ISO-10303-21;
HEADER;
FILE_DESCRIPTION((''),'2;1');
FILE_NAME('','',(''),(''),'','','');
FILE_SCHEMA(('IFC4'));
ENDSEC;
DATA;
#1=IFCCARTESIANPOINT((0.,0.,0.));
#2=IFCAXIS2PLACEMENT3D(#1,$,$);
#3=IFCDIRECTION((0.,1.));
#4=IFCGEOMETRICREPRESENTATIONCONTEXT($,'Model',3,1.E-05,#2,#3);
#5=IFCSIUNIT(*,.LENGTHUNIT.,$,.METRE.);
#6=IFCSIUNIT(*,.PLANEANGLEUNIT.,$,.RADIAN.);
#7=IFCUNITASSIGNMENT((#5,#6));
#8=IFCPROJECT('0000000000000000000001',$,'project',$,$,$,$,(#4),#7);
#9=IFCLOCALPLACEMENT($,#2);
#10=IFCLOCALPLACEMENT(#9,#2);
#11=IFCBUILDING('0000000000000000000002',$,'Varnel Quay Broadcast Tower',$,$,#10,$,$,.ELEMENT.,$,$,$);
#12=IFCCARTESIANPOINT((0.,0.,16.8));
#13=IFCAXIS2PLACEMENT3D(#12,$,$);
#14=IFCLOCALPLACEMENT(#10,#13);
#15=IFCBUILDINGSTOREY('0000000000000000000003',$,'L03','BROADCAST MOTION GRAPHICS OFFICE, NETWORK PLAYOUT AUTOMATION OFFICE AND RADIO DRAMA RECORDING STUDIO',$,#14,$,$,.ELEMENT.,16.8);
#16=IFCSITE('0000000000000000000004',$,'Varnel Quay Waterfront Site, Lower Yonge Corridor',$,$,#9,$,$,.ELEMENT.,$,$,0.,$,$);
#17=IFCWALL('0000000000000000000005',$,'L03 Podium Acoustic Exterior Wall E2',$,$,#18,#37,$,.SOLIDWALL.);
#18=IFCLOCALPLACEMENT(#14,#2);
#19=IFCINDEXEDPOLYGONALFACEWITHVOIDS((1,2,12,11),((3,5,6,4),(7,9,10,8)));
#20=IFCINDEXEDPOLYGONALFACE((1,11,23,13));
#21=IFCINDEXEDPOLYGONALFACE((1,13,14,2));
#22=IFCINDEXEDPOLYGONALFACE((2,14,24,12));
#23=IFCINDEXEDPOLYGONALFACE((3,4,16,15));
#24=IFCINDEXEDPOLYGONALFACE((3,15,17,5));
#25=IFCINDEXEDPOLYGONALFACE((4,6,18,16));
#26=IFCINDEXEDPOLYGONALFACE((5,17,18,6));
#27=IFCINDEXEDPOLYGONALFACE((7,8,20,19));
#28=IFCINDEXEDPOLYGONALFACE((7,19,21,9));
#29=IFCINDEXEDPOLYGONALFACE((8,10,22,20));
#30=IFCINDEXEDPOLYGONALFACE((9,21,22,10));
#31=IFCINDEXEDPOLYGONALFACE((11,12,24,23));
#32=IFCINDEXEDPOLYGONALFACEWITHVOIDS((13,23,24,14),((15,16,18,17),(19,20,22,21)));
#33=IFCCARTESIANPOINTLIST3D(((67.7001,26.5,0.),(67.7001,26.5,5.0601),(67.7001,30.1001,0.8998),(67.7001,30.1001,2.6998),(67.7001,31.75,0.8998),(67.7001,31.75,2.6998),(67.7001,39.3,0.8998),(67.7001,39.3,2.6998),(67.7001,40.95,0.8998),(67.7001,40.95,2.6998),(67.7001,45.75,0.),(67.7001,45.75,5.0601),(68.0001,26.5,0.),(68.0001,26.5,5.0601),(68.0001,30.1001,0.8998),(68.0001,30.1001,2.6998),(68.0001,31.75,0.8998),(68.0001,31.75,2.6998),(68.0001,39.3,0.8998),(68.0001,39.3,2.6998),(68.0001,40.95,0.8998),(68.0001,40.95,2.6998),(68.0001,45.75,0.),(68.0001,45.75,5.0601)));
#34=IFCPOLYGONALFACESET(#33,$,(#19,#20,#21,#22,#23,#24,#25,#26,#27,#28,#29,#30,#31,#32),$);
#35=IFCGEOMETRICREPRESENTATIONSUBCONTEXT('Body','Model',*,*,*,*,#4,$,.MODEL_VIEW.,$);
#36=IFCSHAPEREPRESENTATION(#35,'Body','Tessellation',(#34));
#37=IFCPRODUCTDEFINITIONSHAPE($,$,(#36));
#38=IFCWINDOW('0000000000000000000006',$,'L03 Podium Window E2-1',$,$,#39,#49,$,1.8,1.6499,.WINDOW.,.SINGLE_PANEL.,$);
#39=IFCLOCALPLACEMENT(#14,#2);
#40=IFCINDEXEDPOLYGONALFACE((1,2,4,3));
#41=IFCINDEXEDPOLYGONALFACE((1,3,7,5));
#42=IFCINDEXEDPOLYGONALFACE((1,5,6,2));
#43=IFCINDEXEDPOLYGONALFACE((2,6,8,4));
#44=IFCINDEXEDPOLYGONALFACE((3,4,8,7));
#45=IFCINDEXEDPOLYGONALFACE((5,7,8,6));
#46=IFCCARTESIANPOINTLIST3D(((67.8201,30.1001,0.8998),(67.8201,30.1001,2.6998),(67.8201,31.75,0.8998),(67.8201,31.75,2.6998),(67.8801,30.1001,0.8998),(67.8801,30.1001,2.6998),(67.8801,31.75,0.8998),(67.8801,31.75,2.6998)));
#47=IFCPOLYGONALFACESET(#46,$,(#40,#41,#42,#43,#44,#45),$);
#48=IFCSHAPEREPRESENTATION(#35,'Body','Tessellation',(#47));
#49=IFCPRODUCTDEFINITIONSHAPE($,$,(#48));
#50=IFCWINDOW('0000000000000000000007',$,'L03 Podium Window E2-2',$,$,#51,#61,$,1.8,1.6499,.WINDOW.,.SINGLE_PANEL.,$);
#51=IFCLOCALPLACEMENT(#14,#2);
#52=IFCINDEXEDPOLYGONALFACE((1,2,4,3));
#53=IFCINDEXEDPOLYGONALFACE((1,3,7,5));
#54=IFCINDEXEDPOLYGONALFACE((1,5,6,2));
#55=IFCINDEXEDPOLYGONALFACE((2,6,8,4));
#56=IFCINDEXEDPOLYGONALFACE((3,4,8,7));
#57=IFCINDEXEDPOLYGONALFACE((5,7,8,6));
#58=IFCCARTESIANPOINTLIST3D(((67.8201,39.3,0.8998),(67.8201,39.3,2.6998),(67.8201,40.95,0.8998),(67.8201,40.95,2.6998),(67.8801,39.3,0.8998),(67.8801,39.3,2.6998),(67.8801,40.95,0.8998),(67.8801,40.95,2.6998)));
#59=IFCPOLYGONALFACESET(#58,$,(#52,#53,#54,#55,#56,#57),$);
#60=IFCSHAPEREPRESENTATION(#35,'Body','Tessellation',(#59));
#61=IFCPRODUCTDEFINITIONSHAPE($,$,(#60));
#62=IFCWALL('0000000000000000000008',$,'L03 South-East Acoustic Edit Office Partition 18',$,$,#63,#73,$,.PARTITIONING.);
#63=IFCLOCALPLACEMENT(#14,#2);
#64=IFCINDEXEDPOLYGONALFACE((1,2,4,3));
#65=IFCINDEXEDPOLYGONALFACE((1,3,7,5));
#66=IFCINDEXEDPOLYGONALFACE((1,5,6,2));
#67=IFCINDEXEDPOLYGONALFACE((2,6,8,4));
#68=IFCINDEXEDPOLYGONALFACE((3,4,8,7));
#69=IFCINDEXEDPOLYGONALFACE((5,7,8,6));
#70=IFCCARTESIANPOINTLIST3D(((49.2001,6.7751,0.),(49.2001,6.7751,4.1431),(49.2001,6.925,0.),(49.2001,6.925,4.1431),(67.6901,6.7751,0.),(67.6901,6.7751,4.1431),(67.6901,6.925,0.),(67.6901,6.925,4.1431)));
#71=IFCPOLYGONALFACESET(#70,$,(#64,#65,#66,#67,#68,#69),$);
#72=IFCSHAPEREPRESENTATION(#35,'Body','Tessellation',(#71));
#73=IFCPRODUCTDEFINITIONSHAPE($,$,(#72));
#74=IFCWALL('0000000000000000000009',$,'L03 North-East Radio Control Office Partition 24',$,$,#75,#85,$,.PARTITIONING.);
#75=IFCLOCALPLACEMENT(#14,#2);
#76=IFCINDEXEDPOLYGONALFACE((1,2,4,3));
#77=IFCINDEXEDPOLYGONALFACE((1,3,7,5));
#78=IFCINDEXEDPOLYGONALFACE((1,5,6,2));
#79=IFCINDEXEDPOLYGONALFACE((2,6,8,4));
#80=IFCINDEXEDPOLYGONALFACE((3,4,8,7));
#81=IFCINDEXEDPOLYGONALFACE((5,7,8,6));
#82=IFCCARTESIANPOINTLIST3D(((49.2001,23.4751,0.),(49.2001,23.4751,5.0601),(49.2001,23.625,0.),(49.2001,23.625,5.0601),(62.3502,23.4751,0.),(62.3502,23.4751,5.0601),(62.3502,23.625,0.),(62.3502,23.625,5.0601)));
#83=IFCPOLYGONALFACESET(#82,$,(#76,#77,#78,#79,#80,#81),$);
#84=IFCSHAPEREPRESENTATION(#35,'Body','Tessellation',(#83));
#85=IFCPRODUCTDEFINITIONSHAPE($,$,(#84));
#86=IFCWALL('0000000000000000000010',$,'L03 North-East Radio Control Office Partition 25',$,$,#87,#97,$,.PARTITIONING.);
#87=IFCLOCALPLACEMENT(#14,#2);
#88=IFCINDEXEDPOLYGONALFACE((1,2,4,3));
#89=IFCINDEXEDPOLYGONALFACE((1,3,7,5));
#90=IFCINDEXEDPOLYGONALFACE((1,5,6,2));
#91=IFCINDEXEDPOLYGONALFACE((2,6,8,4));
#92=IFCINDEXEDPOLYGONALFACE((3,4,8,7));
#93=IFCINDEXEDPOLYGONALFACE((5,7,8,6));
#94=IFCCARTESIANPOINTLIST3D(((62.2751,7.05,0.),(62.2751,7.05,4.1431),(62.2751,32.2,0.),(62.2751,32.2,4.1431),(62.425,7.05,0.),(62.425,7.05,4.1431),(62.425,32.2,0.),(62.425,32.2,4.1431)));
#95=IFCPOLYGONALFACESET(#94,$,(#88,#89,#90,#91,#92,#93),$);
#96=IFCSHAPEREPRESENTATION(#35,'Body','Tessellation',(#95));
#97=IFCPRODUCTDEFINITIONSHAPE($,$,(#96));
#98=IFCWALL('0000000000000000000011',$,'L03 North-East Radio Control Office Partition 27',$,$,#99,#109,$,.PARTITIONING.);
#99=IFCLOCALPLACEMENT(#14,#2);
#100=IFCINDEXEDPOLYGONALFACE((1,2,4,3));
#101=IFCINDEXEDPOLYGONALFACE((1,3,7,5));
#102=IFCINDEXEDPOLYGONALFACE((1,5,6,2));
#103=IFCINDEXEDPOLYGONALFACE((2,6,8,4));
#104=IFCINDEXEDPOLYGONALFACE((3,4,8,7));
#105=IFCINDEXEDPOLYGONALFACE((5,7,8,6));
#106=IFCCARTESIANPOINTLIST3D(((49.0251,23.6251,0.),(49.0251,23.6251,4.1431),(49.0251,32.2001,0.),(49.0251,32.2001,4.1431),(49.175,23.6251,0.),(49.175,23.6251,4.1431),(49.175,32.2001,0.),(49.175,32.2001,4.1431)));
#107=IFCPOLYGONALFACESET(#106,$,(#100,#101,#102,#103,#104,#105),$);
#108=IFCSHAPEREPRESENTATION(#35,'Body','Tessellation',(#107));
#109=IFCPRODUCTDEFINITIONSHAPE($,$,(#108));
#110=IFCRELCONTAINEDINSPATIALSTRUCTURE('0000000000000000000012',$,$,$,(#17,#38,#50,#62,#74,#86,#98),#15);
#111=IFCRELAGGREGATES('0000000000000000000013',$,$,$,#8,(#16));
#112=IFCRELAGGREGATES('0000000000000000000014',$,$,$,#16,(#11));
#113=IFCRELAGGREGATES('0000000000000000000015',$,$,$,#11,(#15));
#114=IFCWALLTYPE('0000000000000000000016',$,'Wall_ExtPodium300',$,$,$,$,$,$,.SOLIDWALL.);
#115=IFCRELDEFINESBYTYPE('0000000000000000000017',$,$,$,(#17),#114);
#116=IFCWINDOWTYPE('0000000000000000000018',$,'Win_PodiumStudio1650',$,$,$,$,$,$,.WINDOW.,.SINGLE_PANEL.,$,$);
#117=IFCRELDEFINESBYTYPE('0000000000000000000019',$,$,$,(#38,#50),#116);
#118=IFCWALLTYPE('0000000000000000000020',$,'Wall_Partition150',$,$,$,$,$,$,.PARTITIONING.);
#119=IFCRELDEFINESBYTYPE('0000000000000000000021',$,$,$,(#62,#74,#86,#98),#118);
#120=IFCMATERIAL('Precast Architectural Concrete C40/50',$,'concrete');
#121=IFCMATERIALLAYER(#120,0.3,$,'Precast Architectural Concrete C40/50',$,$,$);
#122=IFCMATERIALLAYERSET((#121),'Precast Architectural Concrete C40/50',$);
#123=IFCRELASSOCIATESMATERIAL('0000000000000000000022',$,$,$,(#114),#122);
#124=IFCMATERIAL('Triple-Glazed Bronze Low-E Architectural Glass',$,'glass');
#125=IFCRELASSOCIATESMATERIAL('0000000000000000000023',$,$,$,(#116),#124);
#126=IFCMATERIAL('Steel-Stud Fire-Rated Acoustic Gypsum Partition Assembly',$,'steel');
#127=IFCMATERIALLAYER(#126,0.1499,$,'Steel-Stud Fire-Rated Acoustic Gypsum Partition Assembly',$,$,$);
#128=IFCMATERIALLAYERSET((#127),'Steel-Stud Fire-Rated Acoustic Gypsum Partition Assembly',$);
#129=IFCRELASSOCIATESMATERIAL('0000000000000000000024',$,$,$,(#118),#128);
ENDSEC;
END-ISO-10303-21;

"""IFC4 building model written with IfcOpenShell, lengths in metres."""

from ifc_helpers import new_model, si_unit, direction, frame, frame_2d, origin, place, context, subcontext, project, spatial, rectangle, extrude, source, transform, mapped, material, layer, layer_set, type_object, type_shapes, element, fill, save


model = new_model("IFC4")

# Units and contexts
model_context = context("Model", 3, precision=1e-05, world=origin(), true_north=direction((0.0, 1.0)))
body_context = subcontext(model_context, "Body", "Model", "MODEL_VIEW")
ifc_project = project(units=[si_unit("LENGTHUNIT", "METRE"), si_unit("PLANEANGLEUNIT", "RADIAN")], contexts=[model_context])

# Site, building, storey
site_placement = place(None, origin())
site = spatial("IfcSite", under=ifc_project, at=site_placement, Name="Varnel Quay Waterfront Site, Lower Yonge Corridor", CompositionType="ELEMENT", RefElevation=0.0)
building_placement = place(site_placement, origin())
building = spatial("IfcBuilding", under=site, at=building_placement, Name="Varnel Quay Broadcast Tower", CompositionType="ELEMENT")
storey_placement = place(building_placement, frame((0.0, 0.0, 16.8)))
storey = spatial("IfcBuildingStorey", under=building, at=storey_placement, Name="L03", Description="BROADCAST MOTION GRAPHICS OFFICE, NETWORK PLAYOUT AUTOMATION OFFICE AND RADIO DRAMA RECORDING STUDIO", CompositionType="ELEMENT", Elevation=16.8)

# Wall, openings, windows
ifc_material_1 = material(Name="Precast Architectural Concrete C40/50", Category="concrete")
ifc_layer_1 = layer(ifc_material_1, 0.3, Name="Precast Architectural Concrete C40/50")
ifc_layer_set_1 = layer_set([ifc_layer_1], Name="Precast Architectural Concrete C40/50")
wall_type_1 = type_object("IfcWallType", Name="Wall_ExtPodium300", PredefinedType="SOLIDWALL", material=ifc_layer_set_1)
wall_1_placement = place(storey_placement, frame((67.8501, 26.5, 0.0), z_axis=(0.0, 0.0, 1.0), x_axis=(0.0, 1.0, 0.0)))
wall_1 = element("IfcWall", 1, at=wall_1_placement, inside=storey, type_object=wall_type_1, Name="L03 Podium Acoustic Exterior Wall E2", PredefinedType="SOLIDWALL", context=body_context, shape_type="SweptSolid", body=[
    extrude(rectangle(XDim=19.25, YDim=0.3, at=frame_2d((9.625, 0.0))), origin(), (0.0, 0.0, 1.0), 5.0601),
])
opening_1_placement = place(wall_1_placement, frame((3.6001, 0.0, 0.8999)))
opening_1 = element("IfcOpeningElement", 2, at=opening_1_placement, cuts=wall_1, PredefinedType="OPENING", context=body_context, shape_type="SweptSolid", body=[
    extrude(rectangle(XDim=1.6499, YDim=1.8, at=frame_2d((0.825, 0.8999))), frame((0.0, 0.1602, 0.0), z_axis=(0.0, -1.0, 0.0), x_axis=(1.0, 0.0, 0.0)), (0.0, 0.0, 1.0), 0.3201),
])
opening_2_placement = place(wall_1_placement, frame((12.8, 0.0, 0.8999)))
opening_2 = element("IfcOpeningElement", 3, at=opening_2_placement, cuts=wall_1, PredefinedType="OPENING", context=body_context, shape_type="SweptSolid", body=[
    extrude(rectangle(XDim=1.6499, YDim=1.8, at=frame_2d((0.825, 0.8999))), frame((0.0, 0.1602, 0.0), z_axis=(0.0, -1.0, 0.0), x_axis=(1.0, 0.0, 0.0)), (0.0, 0.0, 1.0), 0.3201),
])
ifc_material_2 = material(Name="Triple-Glazed Bronze Low-E Architectural Glass", Category="glass")
window_type = type_object("IfcWindowType", Name="Win_PodiumStudio1650", PartitioningType="SINGLE_PANEL", PredefinedType="WINDOW", material=ifc_material_2)
shared_shape_1 = source(origin(), body_context, "Body", "SweptSolid", [
    extrude(rectangle(XDim=1.6499, YDim=1.8, at=frame_2d((0.825, 0.8999))), frame((0.0, 0.03, 0.0), z_axis=(0.0, -1.0, 0.0), x_axis=(1.0, 0.0, 0.0)), (0.0, 0.0, 1.0), 0.0601),
])
type_shapes(window_type, [shared_shape_1])
window_1_placement = place(opening_1_placement, origin())
window_1 = element("IfcWindow", 4, at=window_1_placement, inside=storey, type_object=window_type, Name="L03 Podium Window E2-1", OverallHeight=1.8, OverallWidth=1.6499, PartitioningType="SINGLE_PANEL", PredefinedType="WINDOW", context=body_context, shape_type="MappedRepresentation", body=[
    mapped(shared_shape_1, transform((0.0, 0.0, 0.0), x_axis=(1.0, 0.0, 0.0), y_axis=(0.0, 1.0, 0.0), z_axis=(0.0, 0.0, 1.0), scale=1.0)),
])
fill(opening_1, window_1)
window_2_placement = place(opening_2_placement, origin())
window_2 = element("IfcWindow", 5, at=window_2_placement, inside=storey, type_object=window_type, Name="L03 Podium Window E2-2", OverallHeight=1.8, OverallWidth=1.6499, PartitioningType="SINGLE_PANEL", PredefinedType="WINDOW", context=body_context, shape_type="MappedRepresentation", body=[
    mapped(shared_shape_1, transform((0.0, 0.0, 0.0), x_axis=(1.0, 0.0, 0.0), y_axis=(0.0, 1.0, 0.0), z_axis=(0.0, 0.0, 1.0), scale=1.0)),
])
fill(opening_2, window_2)

# Walls
ifc_material_3 = material(Name="Steel-Stud Fire-Rated Acoustic Gypsum Partition Assembly", Category="steel")
ifc_layer_2 = layer(ifc_material_3, 0.1499, Name="Steel-Stud Fire-Rated Acoustic Gypsum Partition Assembly")
ifc_layer_set_2 = layer_set([ifc_layer_2], Name="Steel-Stud Fire-Rated Acoustic Gypsum Partition Assembly")
wall_type_2 = type_object("IfcWallType", Name="Wall_Partition150", PredefinedType="PARTITIONING", material=ifc_layer_set_2)
wall_2_placement = place(storey_placement, frame((49.2, 6.8501, 0.0), z_axis=(0.0, 0.0, 1.0), x_axis=(1.0, 0.0, 0.0)))
element("IfcWall", 6, at=wall_2_placement, inside=storey, type_object=wall_type_2, Name="L03 South-East Acoustic Edit Office Partition 18", PredefinedType="PARTITIONING", context=body_context, shape_type="SweptSolid", body=[
    extrude(rectangle(XDim=18.49, YDim=0.1499, at=frame_2d((9.2451, 0.0))), origin(), (0.0, 0.0, 1.0), 4.1431),
])
wall_3_placement = place(storey_placement, frame((49.2, 23.55, 0.0), z_axis=(0.0, 0.0, 1.0), x_axis=(1.0, 0.0, 0.0)))
element("IfcWall", 7, at=wall_3_placement, inside=storey, type_object=wall_type_2, Name="L03 North-East Radio Control Office Partition 24", PredefinedType="PARTITIONING", context=body_context, shape_type="SweptSolid", body=[
    extrude(rectangle(XDim=13.1501, YDim=0.1499, at=frame_2d((6.5752, 0.0))), origin(), (0.0, 0.0, 1.0), 5.0601),
])
wall_4_placement = place(storey_placement, frame((62.3501, 7.05, 0.0), z_axis=(0.0, 0.0, 1.0), x_axis=(0.0, 1.0, 0.0)))
element("IfcWall", 8, at=wall_4_placement, inside=storey, type_object=wall_type_2, Name="L03 North-East Radio Control Office Partition 25", PredefinedType="PARTITIONING", context=body_context, shape_type="SweptSolid", body=[
    extrude(rectangle(XDim=25.1499, YDim=0.1499, at=frame_2d((12.575, 0.0))), origin(), (0.0, 0.0, 1.0), 4.1431),
])
wall_5_placement = place(storey_placement, frame((49.1001, 23.625, 0.0), z_axis=(0.0, 0.0, 1.0), x_axis=(0.0, 1.0, 0.0)))
element("IfcWall", 9, at=wall_5_placement, inside=storey, type_object=wall_type_2, Name="L03 North-East Radio Control Office Partition 27", PredefinedType="PARTITIONING", context=body_context, shape_type="SweptSolid", body=[
    extrude(rectangle(XDim=8.575, YDim=0.1499, at=frame_2d((4.2876, 0.0))), origin(), (0.0, 0.0, 1.0), 4.1431),
])

save(model, "model.ifc")
